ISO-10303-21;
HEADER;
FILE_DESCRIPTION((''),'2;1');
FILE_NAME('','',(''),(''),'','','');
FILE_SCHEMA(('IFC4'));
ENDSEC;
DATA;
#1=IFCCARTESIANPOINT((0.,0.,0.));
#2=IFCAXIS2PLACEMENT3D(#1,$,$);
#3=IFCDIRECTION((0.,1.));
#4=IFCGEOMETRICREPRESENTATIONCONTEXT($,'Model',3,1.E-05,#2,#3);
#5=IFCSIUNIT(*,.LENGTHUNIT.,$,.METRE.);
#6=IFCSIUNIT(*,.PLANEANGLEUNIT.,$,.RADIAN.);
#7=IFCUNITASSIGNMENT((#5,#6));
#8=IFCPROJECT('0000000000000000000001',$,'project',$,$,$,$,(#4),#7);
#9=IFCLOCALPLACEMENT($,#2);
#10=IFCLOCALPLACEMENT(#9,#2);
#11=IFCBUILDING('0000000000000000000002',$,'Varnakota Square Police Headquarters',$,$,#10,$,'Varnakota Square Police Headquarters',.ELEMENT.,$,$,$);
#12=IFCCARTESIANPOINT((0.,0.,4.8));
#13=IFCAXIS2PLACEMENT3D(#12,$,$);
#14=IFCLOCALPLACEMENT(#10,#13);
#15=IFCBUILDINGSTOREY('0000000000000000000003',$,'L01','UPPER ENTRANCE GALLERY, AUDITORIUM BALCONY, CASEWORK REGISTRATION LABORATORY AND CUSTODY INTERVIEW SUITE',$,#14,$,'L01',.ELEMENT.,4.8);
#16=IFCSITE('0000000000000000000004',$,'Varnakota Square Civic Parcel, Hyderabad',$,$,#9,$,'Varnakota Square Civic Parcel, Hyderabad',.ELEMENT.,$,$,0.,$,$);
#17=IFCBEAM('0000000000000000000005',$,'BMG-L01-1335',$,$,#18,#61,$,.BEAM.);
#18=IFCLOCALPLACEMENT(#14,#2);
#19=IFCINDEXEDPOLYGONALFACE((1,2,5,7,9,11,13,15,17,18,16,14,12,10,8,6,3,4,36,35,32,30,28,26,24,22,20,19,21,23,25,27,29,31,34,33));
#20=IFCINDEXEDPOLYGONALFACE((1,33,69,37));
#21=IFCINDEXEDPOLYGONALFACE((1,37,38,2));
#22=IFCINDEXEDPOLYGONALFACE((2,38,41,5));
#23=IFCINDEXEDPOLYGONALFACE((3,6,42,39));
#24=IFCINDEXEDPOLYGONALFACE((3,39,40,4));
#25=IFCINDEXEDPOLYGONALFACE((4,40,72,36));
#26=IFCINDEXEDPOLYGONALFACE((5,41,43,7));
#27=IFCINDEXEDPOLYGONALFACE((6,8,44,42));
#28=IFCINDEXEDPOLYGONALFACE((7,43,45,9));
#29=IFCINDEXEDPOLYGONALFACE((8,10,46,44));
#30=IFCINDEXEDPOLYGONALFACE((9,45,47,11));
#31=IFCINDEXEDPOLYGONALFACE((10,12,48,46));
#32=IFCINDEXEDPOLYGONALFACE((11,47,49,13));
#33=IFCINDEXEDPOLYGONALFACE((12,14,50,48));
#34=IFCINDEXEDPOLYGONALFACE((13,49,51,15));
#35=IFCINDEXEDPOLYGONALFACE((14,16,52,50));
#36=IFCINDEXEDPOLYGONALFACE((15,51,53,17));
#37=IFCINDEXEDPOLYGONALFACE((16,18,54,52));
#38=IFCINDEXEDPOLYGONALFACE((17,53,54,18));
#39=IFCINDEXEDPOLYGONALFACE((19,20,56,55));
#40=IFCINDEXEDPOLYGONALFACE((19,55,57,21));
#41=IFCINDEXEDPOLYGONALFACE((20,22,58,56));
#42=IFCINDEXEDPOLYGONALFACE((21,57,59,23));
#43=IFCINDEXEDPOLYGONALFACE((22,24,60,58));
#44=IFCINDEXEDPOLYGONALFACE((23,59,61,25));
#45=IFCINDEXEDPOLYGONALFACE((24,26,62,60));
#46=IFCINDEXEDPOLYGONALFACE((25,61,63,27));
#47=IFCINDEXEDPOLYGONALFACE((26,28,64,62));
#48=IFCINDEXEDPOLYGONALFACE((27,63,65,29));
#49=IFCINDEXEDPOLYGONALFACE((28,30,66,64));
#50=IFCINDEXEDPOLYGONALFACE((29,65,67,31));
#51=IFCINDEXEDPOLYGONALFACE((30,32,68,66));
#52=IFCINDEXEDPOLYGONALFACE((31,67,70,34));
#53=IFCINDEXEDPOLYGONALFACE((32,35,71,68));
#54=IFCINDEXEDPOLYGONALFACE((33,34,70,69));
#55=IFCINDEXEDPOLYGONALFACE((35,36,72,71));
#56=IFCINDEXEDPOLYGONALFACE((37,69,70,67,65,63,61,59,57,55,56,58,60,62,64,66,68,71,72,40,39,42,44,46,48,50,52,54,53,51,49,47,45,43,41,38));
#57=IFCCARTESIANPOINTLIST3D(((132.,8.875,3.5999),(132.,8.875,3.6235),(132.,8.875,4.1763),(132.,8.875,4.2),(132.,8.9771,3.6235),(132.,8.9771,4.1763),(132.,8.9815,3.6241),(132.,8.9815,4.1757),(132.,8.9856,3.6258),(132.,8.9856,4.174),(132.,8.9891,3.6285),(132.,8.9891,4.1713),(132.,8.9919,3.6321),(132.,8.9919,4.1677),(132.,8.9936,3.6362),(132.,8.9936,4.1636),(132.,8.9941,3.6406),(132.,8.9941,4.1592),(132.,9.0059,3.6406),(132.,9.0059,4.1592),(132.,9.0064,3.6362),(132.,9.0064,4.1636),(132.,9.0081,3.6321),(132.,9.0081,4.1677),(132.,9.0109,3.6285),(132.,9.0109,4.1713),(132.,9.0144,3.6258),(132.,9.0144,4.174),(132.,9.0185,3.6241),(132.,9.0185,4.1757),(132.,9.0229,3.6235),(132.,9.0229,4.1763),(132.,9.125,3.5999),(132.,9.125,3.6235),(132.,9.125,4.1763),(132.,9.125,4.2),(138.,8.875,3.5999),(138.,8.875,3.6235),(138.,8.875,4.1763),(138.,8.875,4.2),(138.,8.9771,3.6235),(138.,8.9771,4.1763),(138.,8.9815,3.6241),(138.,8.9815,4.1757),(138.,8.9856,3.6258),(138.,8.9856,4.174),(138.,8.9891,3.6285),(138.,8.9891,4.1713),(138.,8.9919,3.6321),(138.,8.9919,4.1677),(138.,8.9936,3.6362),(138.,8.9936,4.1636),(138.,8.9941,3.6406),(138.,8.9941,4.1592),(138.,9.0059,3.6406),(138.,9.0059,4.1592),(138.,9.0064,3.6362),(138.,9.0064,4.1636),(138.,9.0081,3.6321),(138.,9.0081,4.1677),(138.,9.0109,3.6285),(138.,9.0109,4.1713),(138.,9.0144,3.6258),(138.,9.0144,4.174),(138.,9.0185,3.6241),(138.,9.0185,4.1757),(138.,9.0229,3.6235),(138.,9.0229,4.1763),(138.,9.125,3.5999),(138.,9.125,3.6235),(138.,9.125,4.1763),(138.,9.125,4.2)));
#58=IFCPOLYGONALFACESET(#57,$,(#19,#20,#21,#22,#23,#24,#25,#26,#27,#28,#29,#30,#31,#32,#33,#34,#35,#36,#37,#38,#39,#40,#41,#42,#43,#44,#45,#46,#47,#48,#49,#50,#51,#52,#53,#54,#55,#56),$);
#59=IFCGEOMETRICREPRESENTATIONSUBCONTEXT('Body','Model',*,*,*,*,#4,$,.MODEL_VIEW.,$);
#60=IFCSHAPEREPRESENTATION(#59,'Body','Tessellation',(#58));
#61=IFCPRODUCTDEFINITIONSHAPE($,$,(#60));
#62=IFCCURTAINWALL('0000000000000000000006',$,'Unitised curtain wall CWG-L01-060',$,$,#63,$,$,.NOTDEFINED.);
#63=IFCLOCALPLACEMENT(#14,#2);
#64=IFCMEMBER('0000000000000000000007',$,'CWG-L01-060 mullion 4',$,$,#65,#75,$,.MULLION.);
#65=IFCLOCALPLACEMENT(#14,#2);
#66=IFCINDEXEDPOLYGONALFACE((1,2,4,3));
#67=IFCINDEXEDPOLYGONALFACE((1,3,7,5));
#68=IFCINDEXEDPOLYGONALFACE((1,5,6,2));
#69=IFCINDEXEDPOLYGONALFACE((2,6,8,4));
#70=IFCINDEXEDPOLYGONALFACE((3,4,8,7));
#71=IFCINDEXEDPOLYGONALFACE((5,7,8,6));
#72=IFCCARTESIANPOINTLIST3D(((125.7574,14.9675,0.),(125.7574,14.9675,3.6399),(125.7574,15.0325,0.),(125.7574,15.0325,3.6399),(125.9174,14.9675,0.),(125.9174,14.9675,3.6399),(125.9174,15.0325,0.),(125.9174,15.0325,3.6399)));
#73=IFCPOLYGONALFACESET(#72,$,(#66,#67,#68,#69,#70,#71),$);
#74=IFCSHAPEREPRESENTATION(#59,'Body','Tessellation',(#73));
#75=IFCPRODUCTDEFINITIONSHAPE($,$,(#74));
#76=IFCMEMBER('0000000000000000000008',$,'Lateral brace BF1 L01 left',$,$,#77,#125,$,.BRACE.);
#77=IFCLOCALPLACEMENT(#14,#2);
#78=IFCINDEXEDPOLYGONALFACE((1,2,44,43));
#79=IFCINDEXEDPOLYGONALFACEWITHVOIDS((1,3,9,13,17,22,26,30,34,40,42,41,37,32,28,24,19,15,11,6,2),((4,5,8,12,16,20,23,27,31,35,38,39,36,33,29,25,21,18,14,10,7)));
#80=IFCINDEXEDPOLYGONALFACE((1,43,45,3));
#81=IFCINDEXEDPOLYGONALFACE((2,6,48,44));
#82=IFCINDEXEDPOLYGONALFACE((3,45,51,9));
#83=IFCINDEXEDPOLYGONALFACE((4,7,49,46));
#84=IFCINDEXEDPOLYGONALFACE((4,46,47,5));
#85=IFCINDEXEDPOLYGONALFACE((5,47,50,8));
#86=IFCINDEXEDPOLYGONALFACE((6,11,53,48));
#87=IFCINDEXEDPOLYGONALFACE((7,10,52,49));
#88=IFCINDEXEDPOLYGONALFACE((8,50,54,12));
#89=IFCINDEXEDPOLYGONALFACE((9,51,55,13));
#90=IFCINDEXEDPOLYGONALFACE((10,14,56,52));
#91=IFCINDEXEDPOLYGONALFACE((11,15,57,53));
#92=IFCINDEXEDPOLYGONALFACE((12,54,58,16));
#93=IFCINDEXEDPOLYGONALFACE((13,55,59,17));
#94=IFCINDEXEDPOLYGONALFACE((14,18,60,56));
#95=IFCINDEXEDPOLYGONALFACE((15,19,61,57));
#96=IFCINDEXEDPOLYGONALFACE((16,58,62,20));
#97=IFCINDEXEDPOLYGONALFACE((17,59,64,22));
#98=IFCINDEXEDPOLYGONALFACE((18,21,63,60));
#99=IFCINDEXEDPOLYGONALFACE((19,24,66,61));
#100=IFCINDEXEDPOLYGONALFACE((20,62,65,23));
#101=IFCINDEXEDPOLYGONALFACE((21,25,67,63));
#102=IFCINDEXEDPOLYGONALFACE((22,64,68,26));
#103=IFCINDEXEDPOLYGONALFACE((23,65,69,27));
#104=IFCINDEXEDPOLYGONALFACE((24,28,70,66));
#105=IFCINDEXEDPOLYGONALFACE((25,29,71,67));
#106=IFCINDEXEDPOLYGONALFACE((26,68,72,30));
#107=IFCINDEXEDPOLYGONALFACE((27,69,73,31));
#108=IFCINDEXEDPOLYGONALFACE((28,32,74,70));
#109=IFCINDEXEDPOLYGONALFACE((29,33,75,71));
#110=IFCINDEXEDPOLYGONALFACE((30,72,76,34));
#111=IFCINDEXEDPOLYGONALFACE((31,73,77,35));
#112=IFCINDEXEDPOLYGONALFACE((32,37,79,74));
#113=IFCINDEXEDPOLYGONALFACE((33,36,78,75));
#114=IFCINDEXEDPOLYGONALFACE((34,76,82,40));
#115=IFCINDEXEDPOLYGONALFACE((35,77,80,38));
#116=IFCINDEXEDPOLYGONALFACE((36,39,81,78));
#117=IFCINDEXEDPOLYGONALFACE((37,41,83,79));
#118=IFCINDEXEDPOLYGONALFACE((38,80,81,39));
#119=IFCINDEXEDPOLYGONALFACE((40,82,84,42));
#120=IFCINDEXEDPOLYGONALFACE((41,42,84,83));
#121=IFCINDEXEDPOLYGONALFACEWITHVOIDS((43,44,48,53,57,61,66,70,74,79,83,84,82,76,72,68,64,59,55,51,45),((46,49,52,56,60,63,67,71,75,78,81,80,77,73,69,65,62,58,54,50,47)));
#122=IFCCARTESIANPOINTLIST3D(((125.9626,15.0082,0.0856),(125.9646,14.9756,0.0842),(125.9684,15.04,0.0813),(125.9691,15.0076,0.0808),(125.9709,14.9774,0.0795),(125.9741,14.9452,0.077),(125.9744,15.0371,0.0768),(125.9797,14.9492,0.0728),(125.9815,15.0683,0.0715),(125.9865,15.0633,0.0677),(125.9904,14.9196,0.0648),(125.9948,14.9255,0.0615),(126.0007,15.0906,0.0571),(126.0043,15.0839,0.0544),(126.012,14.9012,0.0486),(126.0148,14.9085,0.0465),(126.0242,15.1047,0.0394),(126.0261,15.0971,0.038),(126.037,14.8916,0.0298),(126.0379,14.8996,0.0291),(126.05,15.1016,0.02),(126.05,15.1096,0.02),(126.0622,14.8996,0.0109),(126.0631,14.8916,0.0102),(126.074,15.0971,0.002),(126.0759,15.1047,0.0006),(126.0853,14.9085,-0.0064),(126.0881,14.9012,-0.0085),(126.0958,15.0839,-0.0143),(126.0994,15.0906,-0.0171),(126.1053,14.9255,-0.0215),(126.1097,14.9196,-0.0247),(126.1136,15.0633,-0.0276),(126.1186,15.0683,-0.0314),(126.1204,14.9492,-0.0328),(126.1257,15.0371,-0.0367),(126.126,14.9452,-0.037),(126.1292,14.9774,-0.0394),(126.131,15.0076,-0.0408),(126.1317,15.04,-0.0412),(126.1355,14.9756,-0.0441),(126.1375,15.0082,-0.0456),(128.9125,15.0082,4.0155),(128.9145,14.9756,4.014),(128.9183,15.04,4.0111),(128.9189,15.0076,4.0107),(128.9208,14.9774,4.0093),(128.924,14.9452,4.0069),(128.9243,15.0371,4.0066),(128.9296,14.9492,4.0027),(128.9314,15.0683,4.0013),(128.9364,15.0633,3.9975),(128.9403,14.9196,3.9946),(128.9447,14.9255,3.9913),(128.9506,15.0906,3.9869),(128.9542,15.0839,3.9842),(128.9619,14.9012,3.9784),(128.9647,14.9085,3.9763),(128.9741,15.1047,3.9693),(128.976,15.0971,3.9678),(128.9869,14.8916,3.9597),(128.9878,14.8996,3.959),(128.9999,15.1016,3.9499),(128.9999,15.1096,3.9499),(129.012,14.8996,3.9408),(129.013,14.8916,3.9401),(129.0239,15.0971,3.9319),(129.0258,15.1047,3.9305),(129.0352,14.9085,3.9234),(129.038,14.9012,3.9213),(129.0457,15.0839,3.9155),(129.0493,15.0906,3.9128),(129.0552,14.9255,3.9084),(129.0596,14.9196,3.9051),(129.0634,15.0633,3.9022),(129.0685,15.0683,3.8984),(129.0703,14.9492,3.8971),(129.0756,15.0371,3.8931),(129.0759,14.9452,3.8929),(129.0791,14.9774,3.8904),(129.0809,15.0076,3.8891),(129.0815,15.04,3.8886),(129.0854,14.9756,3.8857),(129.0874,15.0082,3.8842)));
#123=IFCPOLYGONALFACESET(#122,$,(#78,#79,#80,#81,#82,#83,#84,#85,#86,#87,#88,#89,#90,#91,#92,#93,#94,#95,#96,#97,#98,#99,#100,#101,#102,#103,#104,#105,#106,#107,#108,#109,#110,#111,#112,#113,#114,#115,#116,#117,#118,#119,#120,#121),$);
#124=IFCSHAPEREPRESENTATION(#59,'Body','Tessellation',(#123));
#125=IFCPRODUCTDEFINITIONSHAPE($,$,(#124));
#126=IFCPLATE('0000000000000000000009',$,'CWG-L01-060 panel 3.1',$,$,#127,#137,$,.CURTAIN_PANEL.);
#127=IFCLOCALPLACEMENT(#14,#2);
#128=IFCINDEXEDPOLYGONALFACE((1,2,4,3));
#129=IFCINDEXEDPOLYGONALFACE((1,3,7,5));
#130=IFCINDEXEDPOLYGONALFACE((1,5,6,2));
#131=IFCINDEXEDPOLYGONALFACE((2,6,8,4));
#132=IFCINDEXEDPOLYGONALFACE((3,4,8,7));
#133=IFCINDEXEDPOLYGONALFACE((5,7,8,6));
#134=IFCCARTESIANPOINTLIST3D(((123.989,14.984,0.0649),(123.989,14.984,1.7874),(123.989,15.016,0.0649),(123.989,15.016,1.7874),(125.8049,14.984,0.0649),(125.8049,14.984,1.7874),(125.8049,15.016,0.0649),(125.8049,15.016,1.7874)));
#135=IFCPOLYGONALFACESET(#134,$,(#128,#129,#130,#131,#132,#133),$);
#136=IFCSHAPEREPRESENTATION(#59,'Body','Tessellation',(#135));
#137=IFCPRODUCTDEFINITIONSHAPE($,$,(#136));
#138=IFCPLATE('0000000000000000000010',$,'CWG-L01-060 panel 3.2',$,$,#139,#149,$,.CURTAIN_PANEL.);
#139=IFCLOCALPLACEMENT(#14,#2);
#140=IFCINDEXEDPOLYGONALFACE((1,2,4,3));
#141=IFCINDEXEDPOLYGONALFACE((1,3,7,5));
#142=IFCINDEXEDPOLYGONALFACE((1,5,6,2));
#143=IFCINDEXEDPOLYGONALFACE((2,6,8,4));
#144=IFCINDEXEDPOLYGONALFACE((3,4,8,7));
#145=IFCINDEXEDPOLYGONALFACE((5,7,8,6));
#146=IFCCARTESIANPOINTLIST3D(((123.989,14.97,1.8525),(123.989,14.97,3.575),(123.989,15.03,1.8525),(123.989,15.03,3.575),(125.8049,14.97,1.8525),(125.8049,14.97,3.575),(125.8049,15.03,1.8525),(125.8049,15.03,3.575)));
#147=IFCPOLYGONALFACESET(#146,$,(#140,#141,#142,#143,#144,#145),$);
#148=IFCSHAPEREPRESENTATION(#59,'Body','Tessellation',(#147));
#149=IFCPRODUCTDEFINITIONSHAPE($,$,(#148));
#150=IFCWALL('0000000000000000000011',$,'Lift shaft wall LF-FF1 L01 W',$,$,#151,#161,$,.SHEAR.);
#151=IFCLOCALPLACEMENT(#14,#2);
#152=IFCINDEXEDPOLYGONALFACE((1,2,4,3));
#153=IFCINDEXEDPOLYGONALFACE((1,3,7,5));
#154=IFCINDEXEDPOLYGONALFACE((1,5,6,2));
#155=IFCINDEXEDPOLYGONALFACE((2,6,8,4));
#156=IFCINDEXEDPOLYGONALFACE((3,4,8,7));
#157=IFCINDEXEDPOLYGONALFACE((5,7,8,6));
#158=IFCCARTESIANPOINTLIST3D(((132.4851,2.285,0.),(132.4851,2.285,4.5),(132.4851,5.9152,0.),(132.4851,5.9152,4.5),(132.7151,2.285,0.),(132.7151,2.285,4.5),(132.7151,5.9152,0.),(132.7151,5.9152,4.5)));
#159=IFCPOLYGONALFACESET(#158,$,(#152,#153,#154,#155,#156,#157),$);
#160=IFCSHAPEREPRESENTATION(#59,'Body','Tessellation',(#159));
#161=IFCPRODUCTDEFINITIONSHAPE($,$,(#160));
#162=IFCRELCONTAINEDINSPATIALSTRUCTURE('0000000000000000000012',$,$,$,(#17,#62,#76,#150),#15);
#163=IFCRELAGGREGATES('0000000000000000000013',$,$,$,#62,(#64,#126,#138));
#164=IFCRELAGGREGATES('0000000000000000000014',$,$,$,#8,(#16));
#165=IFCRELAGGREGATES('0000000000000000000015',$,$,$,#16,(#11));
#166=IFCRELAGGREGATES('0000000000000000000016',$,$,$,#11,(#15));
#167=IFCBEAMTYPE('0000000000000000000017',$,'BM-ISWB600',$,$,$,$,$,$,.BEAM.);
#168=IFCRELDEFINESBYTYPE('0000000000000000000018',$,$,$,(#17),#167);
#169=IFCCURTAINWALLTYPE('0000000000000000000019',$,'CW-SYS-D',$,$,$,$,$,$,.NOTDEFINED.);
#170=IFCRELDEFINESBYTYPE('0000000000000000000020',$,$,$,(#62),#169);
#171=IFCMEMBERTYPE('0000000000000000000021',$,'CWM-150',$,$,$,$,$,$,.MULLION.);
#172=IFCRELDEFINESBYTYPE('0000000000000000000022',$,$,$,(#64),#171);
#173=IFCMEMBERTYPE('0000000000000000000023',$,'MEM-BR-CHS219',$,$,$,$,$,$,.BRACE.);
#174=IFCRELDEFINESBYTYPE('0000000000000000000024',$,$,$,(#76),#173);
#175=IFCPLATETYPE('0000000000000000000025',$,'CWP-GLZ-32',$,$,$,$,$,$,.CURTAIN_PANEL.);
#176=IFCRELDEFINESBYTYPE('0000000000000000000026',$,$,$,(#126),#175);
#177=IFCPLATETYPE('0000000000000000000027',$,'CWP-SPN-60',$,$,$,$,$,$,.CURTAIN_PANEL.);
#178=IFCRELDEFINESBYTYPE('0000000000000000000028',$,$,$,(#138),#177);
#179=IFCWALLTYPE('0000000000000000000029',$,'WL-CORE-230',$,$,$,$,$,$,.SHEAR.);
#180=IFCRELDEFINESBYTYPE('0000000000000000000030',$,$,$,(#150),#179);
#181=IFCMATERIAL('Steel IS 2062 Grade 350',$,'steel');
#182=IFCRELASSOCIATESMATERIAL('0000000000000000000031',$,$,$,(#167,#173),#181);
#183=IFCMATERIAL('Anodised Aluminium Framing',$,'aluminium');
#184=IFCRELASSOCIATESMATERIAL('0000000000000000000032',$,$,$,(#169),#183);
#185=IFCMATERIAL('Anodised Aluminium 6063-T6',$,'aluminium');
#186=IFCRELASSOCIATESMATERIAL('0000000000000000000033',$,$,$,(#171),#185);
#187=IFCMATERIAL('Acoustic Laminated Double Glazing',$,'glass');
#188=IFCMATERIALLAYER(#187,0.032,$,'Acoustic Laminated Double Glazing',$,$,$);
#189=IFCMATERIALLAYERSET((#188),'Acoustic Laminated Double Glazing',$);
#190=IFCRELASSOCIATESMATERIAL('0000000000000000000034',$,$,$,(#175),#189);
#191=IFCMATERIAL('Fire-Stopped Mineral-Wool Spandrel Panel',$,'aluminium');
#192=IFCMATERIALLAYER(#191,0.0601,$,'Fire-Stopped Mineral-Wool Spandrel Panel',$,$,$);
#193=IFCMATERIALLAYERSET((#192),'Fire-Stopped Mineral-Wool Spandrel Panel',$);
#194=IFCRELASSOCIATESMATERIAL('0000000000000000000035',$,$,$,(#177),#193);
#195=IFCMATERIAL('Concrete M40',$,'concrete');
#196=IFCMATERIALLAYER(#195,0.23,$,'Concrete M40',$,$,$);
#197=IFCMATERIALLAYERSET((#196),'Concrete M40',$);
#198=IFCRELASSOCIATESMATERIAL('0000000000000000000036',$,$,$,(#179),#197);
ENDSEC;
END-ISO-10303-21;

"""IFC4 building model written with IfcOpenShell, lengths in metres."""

from ifc_helpers import new_model, si_unit, direction, frame, frame_2d, origin, origin_2d, place, context, subcontext, project, spatial, rectangle, hollow_circle, i_section, extrude, material, layer, layer_set, material_profile, profile_set, type_object, element, aggregate, save


model = new_model("IFC4")

# Units and contexts
model_context = context("Model", 3, precision=1e-05, world=origin(), true_north=direction((0.0, 1.0)))
body_context = subcontext(model_context, "Body", "Model", "MODEL_VIEW")
ifc_project = project(units=[si_unit("LENGTHUNIT", "METRE"), si_unit("PLANEANGLEUNIT", "RADIAN")], contexts=[model_context])

# Site, building, storey
site_placement = place(None, origin())
site = spatial("IfcSite", under=ifc_project, at=site_placement, Name="Varnakota Square Civic Parcel, Hyderabad", LongName="Varnakota Square Civic Parcel, Hyderabad", CompositionType="ELEMENT", RefElevation=0.0)
building_placement = place(site_placement, origin())
building = spatial("IfcBuilding", under=site, at=building_placement, Name="Varnakota Square Police Headquarters", LongName="Varnakota Square Police Headquarters", CompositionType="ELEMENT")
storey_placement = place(building_placement, frame((0.0, 0.0, 4.8)))
storey = spatial("IfcBuildingStorey", under=building, at=storey_placement, Name="L01", Description="UPPER ENTRANCE GALLERY, AUDITORIUM BALCONY, CASEWORK REGISTRATION LABORATORY AND CUSTODY INTERVIEW SUITE", LongName="L01", CompositionType="ELEMENT", Elevation=4.8)

# Shared definitions
ifc_material_1 = material(Name="Steel IS 2062 Grade 350", Category="steel")

# Beam
ifc_material_profile_1 = material_profile(ifc_material_1, i_section(OverallWidth=0.25, OverallDepth=0.6001, WebThickness=0.0117, FlangeThickness=0.0237, FilletRadius=0.0171, at=origin_2d()), Name="ISWB 600")
ifc_profile_set_1 = profile_set([ifc_material_profile_1], Name="Steel IS 2062 Grade 350")
beam_type_1 = type_object("IfcBeamType", Name="BM-ISWB600", PredefinedType="BEAM", material=ifc_profile_set_1)
beam_1_placement = place(storey_placement, frame((132.0, 9.0, 3.8999), z_axis=(1.0, 0.0, 0.0), x_axis=(0.0, 1.0, 0.0)))
element("IfcBeam", 1, at=beam_1_placement, inside=storey, type_object=beam_type_1, Name="BMG-L01-1335", PredefinedType="BEAM", context=body_context, shape_type="SweptSolid", body=[
    extrude(i_section(OverallWidth=0.25, OverallDepth=0.6001, WebThickness=0.0117, FlangeThickness=0.0237, FilletRadius=0.0171, at=origin_2d()), origin(), (0.0, 0.0, 1.0), 6.0),
])

# Curtain wall, member
ifc_material_2 = material(Name="Anodised Aluminium Framing", Category="aluminium")
curtain_wall_type = type_object("IfcCurtainWallType", Name="CW-SYS-D", PredefinedType="NOTDEFINED", material=ifc_material_2)
curtain_wall_placement = place(storey_placement, origin())
curtain_wall = element("IfcCurtainWall", 2, at=curtain_wall_placement, inside=storey, type_object=curtain_wall_type, Name="Unitised curtain wall CWG-L01-060", PredefinedType="NOTDEFINED")
ifc_material_3 = material(Name="Anodised Aluminium 6063-T6", Category="aluminium")
ifc_material_profile_2 = material_profile(ifc_material_3, rectangle(XDim=0.0649, YDim=0.1599, at=origin_2d()), Name="ALU MULLION 65x160")
ifc_profile_set_2 = profile_set([ifc_material_profile_2], Name="Anodised Aluminium 6063-T6")
member_type_1 = type_object("IfcMemberType", Name="CWM-150", PredefinedType="MULLION", material=ifc_profile_set_2)
member_1_placement = place(storey_placement, frame((125.8374, 15.0, 0.0), z_axis=(0.0, 0.0, 1.0), x_axis=(0.0, 1.0, 0.0)))
member_1 = element("IfcMember", 3, at=member_1_placement, type_object=member_type_1, Name="CWG-L01-060 mullion 4", PredefinedType="MULLION", context=body_context, shape_type="SweptSolid", body=[
    extrude(rectangle(XDim=0.0649, YDim=0.1599, at=origin_2d()), origin(), (0.0, 0.0, 1.0), 3.6399),
])

# Member
ifc_material_profile_3 = material_profile(ifc_material_1, hollow_circle(Radius=0.1096, WallThickness=0.0081, at=origin_2d()), Name="CHS 219.1x8.0")
ifc_profile_set_3 = profile_set([ifc_material_profile_3], Name="Steel IS 2062 Grade 350")
member_type_2 = type_object("IfcMemberType", Name="MEM-BR-CHS219", PredefinedType="BRACE", material=ifc_profile_set_3)
member_2_placement = place(storey_placement, frame((126.05, 15.0, 0.02), z_axis=(0.600326, 0.0, 0.799755), x_axis=(0.0, 1.0, 0.0)))
element("IfcMember", 4, at=member_2_placement, inside=storey, type_object=member_type_2, Name="Lateral brace BF1 L01 left", PredefinedType="BRACE", context=body_context, shape_type="SweptSolid", body=[
    extrude(hollow_circle(Radius=0.1096, WallThickness=0.0081, at=origin_2d()), origin(), (0.0, 0.0, 1.0), 4.9138),
])

# Plates
ifc_material_4 = material(Name="Acoustic Laminated Double Glazing", Category="glass")
ifc_layer_1 = layer(ifc_material_4, 0.032, Name="Acoustic Laminated Double Glazing")
ifc_layer_set_1 = layer_set([ifc_layer_1], Name="Acoustic Laminated Double Glazing")
plate_type_1 = type_object("IfcPlateType", Name="CWP-GLZ-32", PredefinedType="CURTAIN_PANEL", material=ifc_layer_set_1)
plate_1_placement = place(storey_placement, frame((124.897, 15.0, 0.0649), z_axis=(0.0, 0.0, 1.0), x_axis=(1.0, 0.0, 0.0)))
plate_1 = element("IfcPlate", 5, at=plate_1_placement, type_object=plate_type_1, Name="CWG-L01-060 panel 3.1", PredefinedType="CURTAIN_PANEL", context=body_context, shape_type="SweptSolid", body=[
    extrude(rectangle(XDim=1.8159, YDim=0.032, at=origin_2d()), origin(), (0.0, 0.0, 1.0), 1.7224),
])
ifc_material_5 = material(Name="Fire-Stopped Mineral-Wool Spandrel Panel", Category="aluminium")
ifc_layer_2 = layer(ifc_material_5, 0.0601, Name="Fire-Stopped Mineral-Wool Spandrel Panel")
ifc_layer_set_2 = layer_set([ifc_layer_2], Name="Fire-Stopped Mineral-Wool Spandrel Panel")
plate_type_2 = type_object("IfcPlateType", Name="CWP-SPN-60", PredefinedType="CURTAIN_PANEL", material=ifc_layer_set_2)
plate_2_placement = place(storey_placement, frame((124.897, 15.0, 1.8525), z_axis=(0.0, 0.0, 1.0), x_axis=(1.0, 0.0, 0.0)))
plate_2 = element("IfcPlate", 6, at=plate_2_placement, type_object=plate_type_2, Name="CWG-L01-060 panel 3.2", PredefinedType="CURTAIN_PANEL", context=body_context, shape_type="SweptSolid", body=[
    extrude(rectangle(XDim=1.8159, YDim=0.0601, at=origin_2d()), origin(), (0.0, 0.0, 1.0), 1.7224),
])
aggregate(curtain_wall, [member_1, plate_1, plate_2])

# Wall
ifc_material_6 = material(Name="Concrete M40", Category="concrete")
ifc_layer_3 = layer(ifc_material_6, 0.23, Name="Concrete M40")
ifc_layer_set_3 = layer_set([ifc_layer_3], Name="Concrete M40")
wall_type_1 = type_object("IfcWallType", Name="WL-CORE-230", PredefinedType="SHEAR", material=ifc_layer_set_3)
wall_1_placement = place(storey_placement, frame((132.6001, 5.915, 0.0), z_axis=(0.0, 0.0, 1.0), x_axis=(0.0, -1.0, 0.0)))
element("IfcWall", 7, at=wall_1_placement, inside=storey, type_object=wall_type_1, Name="Lift shaft wall LF-FF1 L01 W", PredefinedType="SHEAR", context=body_context, shape_type="SweptSolid", body=[
    extrude(rectangle(XDim=3.6301, YDim=0.23, at=frame_2d((1.8149, 0.0))), origin(), (0.0, 0.0, 1.0), 4.5),
])

save(model, "model.ifc")
